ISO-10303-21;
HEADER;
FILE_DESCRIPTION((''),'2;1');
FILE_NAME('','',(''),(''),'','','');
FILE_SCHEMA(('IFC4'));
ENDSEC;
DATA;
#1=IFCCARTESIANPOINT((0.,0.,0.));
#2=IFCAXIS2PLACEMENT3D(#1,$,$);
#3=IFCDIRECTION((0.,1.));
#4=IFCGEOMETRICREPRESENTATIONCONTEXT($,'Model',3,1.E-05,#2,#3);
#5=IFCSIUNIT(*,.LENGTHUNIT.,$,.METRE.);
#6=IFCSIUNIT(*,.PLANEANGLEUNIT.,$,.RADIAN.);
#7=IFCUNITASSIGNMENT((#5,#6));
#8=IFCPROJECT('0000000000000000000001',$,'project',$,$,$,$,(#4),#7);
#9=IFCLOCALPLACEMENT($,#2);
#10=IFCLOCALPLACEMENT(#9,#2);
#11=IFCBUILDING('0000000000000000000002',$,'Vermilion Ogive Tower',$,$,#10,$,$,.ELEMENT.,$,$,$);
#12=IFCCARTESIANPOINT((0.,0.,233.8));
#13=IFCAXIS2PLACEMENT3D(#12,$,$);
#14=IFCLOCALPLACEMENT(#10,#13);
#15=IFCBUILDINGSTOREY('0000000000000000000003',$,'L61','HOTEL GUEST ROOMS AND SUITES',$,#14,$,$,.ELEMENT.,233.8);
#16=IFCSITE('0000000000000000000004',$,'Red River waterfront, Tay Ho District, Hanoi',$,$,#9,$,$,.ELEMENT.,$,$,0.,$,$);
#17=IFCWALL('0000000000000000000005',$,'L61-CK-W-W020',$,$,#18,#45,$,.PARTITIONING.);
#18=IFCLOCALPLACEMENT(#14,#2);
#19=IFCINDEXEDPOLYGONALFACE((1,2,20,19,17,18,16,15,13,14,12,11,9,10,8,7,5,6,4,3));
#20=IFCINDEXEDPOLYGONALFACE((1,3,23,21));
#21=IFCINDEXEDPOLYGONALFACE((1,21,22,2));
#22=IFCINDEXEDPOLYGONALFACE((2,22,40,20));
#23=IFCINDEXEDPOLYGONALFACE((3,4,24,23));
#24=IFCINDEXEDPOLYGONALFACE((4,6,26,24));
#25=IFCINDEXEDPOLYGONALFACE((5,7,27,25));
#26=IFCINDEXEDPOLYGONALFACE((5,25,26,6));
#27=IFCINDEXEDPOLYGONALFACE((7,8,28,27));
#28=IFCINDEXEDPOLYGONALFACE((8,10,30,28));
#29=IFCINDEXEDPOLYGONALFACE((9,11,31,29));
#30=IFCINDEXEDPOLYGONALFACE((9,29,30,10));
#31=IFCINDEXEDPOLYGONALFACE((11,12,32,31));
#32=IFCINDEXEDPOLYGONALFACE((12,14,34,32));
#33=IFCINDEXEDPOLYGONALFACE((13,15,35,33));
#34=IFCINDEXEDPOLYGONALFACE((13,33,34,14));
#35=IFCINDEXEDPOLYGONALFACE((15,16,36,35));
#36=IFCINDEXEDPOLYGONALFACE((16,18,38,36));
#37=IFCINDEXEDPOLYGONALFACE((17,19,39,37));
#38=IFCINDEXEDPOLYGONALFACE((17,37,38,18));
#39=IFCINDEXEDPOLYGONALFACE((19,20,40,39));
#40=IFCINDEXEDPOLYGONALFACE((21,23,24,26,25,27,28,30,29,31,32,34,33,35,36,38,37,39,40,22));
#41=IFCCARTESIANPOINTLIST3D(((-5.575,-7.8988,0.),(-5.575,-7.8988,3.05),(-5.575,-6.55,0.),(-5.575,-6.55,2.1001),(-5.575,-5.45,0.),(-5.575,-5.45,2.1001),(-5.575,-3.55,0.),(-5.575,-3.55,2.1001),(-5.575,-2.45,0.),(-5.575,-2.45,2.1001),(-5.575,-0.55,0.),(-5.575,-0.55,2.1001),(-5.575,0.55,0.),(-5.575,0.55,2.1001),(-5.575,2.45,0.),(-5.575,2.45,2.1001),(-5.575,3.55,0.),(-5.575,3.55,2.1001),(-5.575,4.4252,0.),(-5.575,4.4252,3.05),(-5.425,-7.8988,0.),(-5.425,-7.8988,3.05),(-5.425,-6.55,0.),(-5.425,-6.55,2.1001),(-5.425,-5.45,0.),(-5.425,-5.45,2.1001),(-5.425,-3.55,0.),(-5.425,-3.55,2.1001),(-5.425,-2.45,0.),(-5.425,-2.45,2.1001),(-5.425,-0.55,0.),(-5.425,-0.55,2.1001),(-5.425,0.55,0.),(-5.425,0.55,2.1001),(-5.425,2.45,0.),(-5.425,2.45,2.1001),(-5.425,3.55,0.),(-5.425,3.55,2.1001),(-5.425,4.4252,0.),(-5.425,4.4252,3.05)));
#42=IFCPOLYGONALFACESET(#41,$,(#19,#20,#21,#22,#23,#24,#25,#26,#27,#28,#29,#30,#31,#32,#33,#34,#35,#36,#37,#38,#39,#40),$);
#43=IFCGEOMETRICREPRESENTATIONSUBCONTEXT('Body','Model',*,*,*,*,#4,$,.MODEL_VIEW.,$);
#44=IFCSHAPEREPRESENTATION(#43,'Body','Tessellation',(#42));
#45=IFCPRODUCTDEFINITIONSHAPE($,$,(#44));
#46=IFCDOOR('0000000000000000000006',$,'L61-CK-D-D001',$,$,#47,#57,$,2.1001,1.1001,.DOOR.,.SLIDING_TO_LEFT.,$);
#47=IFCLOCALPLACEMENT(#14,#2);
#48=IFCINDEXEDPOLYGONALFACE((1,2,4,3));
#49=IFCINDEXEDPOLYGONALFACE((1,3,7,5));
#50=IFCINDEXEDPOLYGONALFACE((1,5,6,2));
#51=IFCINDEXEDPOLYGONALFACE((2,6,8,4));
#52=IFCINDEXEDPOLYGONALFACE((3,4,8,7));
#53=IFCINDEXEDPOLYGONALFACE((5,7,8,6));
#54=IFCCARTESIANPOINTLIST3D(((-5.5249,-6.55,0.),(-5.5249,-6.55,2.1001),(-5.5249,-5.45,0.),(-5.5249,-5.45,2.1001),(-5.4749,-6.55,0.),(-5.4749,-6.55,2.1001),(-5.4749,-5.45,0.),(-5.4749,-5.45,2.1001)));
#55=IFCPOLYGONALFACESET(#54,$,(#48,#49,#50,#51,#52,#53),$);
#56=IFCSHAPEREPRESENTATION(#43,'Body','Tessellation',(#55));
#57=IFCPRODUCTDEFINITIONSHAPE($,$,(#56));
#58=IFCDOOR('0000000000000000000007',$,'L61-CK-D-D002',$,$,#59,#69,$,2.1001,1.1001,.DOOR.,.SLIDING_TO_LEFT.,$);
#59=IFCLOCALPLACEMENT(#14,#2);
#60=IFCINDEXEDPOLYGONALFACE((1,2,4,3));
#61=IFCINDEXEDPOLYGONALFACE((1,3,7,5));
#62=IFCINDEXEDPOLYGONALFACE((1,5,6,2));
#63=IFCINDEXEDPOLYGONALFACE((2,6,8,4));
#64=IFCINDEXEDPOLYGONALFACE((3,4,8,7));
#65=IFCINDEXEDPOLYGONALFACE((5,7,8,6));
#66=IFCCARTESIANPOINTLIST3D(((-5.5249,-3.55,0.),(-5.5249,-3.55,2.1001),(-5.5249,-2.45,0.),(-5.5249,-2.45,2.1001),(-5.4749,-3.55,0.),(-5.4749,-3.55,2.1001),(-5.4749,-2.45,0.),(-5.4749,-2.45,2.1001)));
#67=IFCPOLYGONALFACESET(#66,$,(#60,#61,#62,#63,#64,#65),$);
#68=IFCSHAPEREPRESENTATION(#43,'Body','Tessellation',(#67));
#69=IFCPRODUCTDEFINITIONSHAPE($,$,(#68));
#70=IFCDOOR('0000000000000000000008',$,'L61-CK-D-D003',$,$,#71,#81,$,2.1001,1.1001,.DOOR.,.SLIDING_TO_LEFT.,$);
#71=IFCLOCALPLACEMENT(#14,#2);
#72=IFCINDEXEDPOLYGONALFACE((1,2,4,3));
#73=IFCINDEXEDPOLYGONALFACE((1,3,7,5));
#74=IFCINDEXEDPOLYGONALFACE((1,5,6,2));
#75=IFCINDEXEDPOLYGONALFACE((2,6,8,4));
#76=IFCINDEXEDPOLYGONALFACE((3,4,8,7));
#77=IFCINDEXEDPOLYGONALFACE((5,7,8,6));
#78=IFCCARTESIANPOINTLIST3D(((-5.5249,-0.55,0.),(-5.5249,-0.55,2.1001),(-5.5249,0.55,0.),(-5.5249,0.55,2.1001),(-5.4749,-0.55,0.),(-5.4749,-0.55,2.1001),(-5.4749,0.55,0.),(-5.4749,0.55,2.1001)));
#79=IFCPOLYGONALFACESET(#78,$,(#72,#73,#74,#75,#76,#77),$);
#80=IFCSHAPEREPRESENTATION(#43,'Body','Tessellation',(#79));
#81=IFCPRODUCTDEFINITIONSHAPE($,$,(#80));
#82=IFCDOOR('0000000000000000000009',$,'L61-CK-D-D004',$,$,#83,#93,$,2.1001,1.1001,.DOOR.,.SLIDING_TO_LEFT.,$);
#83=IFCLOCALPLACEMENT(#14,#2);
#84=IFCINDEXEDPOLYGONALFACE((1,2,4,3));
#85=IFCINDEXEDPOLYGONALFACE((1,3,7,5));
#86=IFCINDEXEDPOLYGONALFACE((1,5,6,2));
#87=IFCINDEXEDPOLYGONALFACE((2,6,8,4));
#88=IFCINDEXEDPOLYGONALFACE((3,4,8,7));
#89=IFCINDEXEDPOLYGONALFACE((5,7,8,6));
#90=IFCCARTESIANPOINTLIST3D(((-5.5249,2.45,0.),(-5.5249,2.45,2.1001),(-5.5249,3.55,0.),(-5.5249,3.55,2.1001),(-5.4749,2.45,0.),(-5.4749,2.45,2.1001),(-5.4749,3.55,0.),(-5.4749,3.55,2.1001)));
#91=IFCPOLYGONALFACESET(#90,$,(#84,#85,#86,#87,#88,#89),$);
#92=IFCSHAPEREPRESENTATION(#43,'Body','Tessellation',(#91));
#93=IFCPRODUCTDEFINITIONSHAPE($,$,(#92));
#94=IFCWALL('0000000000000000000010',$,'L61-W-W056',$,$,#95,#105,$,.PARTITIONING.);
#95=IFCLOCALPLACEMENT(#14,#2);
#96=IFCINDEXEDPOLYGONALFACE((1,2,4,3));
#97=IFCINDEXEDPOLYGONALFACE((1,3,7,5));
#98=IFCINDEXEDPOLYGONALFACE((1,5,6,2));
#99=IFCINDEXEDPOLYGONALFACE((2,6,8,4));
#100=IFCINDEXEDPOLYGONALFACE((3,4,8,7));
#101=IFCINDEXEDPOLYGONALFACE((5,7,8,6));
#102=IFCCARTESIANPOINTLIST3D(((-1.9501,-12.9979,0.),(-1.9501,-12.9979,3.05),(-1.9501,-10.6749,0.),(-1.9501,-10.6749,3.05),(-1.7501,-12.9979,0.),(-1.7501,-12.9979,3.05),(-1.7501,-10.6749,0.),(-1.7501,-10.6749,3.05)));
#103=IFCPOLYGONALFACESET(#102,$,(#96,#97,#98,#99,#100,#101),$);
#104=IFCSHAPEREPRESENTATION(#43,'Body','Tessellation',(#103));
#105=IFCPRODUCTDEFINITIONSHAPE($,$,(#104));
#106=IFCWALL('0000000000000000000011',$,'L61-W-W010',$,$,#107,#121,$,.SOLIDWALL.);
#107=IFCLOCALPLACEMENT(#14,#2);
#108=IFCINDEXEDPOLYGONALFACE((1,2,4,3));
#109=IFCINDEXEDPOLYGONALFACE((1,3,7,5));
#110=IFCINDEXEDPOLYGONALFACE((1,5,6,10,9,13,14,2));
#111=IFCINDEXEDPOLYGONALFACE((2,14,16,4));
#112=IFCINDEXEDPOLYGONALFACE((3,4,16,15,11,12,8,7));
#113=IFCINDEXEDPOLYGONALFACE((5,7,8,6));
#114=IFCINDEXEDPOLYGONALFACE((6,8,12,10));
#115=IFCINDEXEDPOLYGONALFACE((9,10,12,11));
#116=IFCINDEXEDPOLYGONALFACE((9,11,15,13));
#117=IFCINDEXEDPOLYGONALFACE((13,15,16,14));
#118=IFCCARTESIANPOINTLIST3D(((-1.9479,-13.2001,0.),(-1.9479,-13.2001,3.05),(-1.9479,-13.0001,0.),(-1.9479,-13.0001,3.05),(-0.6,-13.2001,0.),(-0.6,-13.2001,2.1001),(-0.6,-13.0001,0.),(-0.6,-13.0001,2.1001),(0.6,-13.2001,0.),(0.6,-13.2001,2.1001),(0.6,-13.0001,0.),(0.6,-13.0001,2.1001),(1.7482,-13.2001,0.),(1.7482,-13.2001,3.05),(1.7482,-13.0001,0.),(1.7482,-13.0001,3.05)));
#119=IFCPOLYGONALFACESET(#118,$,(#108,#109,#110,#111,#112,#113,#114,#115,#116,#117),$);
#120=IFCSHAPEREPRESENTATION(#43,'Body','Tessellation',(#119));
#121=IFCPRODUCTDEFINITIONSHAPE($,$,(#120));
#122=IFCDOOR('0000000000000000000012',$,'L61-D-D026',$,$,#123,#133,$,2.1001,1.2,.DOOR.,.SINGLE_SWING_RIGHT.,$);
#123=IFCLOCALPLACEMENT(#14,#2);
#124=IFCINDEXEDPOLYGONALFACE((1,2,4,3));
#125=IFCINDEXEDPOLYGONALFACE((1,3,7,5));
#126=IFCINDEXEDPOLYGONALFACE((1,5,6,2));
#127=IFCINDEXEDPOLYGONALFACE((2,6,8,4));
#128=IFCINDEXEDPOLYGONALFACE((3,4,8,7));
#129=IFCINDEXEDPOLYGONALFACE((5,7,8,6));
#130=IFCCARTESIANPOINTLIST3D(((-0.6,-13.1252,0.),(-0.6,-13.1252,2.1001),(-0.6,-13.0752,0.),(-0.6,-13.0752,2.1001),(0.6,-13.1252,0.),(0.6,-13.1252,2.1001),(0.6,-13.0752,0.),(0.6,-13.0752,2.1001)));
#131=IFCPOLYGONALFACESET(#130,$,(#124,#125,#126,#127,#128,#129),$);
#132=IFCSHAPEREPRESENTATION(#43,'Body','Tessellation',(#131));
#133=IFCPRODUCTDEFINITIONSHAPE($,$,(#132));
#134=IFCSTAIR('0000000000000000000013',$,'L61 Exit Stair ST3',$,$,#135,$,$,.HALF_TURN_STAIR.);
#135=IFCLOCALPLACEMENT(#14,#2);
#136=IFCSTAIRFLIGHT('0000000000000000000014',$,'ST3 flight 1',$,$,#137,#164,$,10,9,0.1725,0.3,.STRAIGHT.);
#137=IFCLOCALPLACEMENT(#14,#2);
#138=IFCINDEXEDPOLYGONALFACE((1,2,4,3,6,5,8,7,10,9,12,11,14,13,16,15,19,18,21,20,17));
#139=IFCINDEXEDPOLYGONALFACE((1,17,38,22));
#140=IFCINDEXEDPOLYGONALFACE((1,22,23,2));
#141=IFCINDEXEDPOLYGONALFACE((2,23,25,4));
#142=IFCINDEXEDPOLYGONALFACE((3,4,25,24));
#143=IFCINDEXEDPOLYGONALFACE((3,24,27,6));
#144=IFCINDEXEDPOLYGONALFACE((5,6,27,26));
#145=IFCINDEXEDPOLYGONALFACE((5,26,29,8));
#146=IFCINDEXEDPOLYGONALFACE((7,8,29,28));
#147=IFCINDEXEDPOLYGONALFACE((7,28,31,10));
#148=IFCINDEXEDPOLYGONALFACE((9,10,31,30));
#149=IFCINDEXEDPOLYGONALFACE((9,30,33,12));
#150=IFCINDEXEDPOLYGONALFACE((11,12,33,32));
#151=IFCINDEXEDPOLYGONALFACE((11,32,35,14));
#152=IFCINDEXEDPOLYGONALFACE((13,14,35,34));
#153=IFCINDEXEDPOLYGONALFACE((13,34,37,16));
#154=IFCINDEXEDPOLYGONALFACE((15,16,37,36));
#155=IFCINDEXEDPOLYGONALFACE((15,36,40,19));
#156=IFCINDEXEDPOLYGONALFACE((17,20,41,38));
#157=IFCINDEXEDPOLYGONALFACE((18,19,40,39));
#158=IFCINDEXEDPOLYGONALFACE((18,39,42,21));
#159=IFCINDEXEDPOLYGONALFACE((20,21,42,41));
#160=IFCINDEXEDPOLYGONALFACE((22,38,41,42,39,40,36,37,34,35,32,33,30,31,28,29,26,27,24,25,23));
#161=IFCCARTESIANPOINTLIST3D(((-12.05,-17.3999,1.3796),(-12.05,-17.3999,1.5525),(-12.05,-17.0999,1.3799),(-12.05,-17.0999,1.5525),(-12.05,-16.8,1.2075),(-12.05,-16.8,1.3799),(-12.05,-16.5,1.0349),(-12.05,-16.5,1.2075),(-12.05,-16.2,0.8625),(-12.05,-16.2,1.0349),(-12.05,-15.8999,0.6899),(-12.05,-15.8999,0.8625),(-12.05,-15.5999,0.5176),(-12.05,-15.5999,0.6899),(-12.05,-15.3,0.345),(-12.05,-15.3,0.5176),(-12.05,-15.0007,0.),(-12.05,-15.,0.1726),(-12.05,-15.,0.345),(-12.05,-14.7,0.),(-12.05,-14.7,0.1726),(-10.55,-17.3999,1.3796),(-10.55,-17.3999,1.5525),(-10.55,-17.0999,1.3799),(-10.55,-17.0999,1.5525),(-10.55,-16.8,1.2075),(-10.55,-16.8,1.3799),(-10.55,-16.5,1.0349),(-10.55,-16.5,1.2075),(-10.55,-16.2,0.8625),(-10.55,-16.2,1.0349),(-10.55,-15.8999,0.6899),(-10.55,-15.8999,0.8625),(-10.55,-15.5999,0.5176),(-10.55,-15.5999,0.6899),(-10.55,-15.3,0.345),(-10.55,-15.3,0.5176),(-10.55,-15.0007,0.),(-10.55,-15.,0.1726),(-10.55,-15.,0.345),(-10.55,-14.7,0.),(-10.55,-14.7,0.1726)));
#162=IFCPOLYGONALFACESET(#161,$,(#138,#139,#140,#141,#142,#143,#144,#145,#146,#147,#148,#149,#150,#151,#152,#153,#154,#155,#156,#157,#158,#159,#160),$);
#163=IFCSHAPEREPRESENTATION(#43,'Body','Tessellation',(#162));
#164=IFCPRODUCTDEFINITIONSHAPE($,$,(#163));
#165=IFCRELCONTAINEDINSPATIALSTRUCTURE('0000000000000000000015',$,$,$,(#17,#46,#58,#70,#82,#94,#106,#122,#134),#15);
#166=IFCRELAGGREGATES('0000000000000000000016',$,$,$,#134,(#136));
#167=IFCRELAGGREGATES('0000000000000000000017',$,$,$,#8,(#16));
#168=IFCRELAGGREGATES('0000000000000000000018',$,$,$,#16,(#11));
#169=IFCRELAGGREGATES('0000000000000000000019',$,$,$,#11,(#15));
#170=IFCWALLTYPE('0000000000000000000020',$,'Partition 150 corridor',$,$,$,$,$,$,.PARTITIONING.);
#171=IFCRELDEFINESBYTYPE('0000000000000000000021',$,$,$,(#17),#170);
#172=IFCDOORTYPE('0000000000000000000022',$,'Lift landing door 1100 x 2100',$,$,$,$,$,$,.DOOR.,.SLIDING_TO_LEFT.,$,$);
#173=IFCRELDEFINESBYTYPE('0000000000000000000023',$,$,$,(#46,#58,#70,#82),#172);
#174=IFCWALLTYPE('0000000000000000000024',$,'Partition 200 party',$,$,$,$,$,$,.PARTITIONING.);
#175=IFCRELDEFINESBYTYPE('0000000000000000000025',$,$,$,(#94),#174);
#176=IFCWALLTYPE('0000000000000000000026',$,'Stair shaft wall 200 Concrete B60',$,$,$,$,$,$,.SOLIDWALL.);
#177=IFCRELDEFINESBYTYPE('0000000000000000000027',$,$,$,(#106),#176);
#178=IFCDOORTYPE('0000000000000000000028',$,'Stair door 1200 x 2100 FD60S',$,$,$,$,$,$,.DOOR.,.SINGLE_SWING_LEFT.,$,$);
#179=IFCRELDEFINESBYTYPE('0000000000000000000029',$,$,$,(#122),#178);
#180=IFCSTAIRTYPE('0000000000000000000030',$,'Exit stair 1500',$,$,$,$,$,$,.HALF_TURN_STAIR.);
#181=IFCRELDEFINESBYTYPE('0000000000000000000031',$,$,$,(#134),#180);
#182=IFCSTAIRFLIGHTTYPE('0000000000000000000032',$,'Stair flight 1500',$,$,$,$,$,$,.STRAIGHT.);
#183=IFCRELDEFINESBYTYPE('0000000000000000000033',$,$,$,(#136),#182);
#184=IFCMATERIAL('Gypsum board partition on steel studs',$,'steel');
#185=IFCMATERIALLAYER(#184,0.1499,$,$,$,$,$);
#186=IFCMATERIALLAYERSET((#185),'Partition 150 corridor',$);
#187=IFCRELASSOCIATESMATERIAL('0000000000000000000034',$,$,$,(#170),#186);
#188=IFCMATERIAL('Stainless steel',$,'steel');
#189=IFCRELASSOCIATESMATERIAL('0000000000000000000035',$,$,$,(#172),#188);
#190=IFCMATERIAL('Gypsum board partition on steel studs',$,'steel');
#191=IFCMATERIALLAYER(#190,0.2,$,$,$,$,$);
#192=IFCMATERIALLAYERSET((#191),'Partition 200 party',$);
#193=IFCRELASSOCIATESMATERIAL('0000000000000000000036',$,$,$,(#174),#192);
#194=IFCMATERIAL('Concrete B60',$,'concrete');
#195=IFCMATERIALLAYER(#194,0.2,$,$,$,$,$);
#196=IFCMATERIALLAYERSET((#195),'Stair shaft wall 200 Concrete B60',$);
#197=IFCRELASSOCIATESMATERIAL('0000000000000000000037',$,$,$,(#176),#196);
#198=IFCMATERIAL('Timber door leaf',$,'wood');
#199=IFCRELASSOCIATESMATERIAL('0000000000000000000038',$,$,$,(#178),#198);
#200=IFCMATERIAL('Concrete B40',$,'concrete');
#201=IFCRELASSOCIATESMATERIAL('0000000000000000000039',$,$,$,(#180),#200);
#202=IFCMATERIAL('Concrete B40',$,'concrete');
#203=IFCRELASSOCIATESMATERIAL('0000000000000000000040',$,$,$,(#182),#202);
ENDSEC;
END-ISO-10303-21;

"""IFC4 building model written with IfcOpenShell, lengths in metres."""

from ifc_helpers import new_model, si_unit, direction, frame, frame_2d, origin, place, context, subcontext, project, spatial, polyline, rectangle, outline, extrude, material, layer, layer_set, type_object, element, fill, aggregate, save


model = new_model("IFC4")

# Units and contexts
model_context = context("Model", 3, precision=1e-05, world=origin(), true_north=direction((0.0, 1.0)))
body_context = subcontext(model_context, "Body", "Model", "MODEL_VIEW")
ifc_project = project(units=[si_unit("LENGTHUNIT", "METRE"), si_unit("PLANEANGLEUNIT", "RADIAN")], contexts=[model_context])

# Site, building, storey
site_placement = place(None, origin())
site = spatial("IfcSite", under=ifc_project, at=site_placement, Name="Red River waterfront, Tay Ho District, Hanoi", CompositionType="ELEMENT", RefElevation=0.0)
building_placement = place(site_placement, origin())
building = spatial("IfcBuilding", under=site, at=building_placement, Name="Vermilion Ogive Tower", CompositionType="ELEMENT")
storey_placement = place(building_placement, frame((0.0, 0.0, 233.8)))
storey = spatial("IfcBuildingStorey", under=building, at=storey_placement, Name="L61", Description="HOTEL GUEST ROOMS AND SUITES", CompositionType="ELEMENT", Elevation=233.8)

# Wall, openings, doors
ifc_material_1 = material(Name="Gypsum board partition on steel studs", Category="steel")
ifc_layer_1 = layer(ifc_material_1, 0.1499)
ifc_layer_set_1 = layer_set([ifc_layer_1], Name="Partition 150 corridor")
wall_type_1 = type_object("IfcWallType", Name="Partition 150 corridor", PredefinedType="PARTITIONING", material=ifc_layer_set_1)
wall_1_placement = place(storey_placement, frame((-5.5, -7.8989, 0.0), z_axis=(0.0, 0.0, 1.0), x_axis=(0.0, 1.0, 0.0)))
wall_1 = element("IfcWall", 1, at=wall_1_placement, inside=storey, type_object=wall_type_1, Name="L61-CK-W-W020", PredefinedType="PARTITIONING", context=body_context, shape_type="SweptSolid", body=[
    extrude(rectangle(XDim=12.324, YDim=0.1499, at=frame_2d((6.1621, 0.0))), origin(), (0.0, 0.0, 1.0), 3.05),
])
opening_1_placement = place(wall_1_placement, frame((1.3489, 0.0, 0.0)))
opening_1 = element("IfcOpeningElement", 2, at=opening_1_placement, cuts=wall_1, PredefinedType="OPENING", context=body_context, shape_type="SweptSolid", body=[
    extrude(rectangle(XDim=1.1001, YDim=2.1001, at=frame_2d((0.55, 1.05))), frame((0.0, 0.085, 0.0), z_axis=(0.0, -1.0, 0.0), x_axis=(1.0, 0.0, 0.0)), (0.0, 0.0, 1.0), 0.1699),
])
opening_2_placement = place(wall_1_placement, frame((4.3489, 0.0, 0.0)))
opening_2 = element("IfcOpeningElement", 3, at=opening_2_placement, cuts=wall_1, PredefinedType="OPENING", context=body_context, shape_type="SweptSolid", body=[
    extrude(rectangle(XDim=1.1001, YDim=2.1001, at=frame_2d((0.55, 1.05))), frame((0.0, 0.085, 0.0), z_axis=(0.0, -1.0, 0.0), x_axis=(1.0, 0.0, 0.0)), (0.0, 0.0, 1.0), 0.1699),
])
opening_3_placement = place(wall_1_placement, frame((7.3489, 0.0, 0.0)))
opening_3 = element("IfcOpeningElement", 4, at=opening_3_placement, cuts=wall_1, PredefinedType="OPENING", context=body_context, shape_type="SweptSolid", body=[
    extrude(rectangle(XDim=1.1001, YDim=2.1001, at=frame_2d((0.55, 1.05))), frame((0.0, 0.085, 0.0), z_axis=(0.0, -1.0, 0.0), x_axis=(1.0, 0.0, 0.0)), (0.0, 0.0, 1.0), 0.1699),
])
opening_4_placement = place(wall_1_placement, frame((10.3489, 0.0, 0.0)))
opening_4 = element("IfcOpeningElement", 5, at=opening_4_placement, cuts=wall_1, PredefinedType="OPENING", context=body_context, shape_type="SweptSolid", body=[
    extrude(rectangle(XDim=1.1001, YDim=2.1001, at=frame_2d((0.55, 1.05))), frame((0.0, 0.085, 0.0), z_axis=(0.0, -1.0, 0.0), x_axis=(1.0, 0.0, 0.0)), (0.0, 0.0, 1.0), 0.1699),
])
ifc_material_2 = material(Name="Stainless steel", Category="steel")
door_type_1 = type_object("IfcDoorType", Name="Lift landing door 1100 x 2100", OperationType="SLIDING_TO_LEFT", PredefinedType="DOOR", material=ifc_material_2)
door_1_placement = place(opening_1_placement, origin())
door_1 = element("IfcDoor", 6, at=door_1_placement, inside=storey, type_object=door_type_1, Name="L61-CK-D-D001", OperationType="SLIDING_TO_LEFT", OverallHeight=2.1001, OverallWidth=1.1001, PredefinedType="DOOR", context=body_context, shape_type="SweptSolid", body=[
    extrude(rectangle(XDim=1.1001, YDim=2.1001, at=frame_2d((0.55, 1.05))), frame((0.0, 0.0249, 0.0), z_axis=(0.0, -1.0, 0.0), x_axis=(1.0, 0.0, 0.0)), (0.0, 0.0, 1.0), 0.05),
])
fill(opening_1, door_1)
door_2_placement = place(opening_2_placement, origin())
door_2 = element("IfcDoor", 7, at=door_2_placement, inside=storey, type_object=door_type_1, Name="L61-CK-D-D002", OperationType="SLIDING_TO_LEFT", OverallHeight=2.1001, OverallWidth=1.1001, PredefinedType="DOOR", context=body_context, shape_type="SweptSolid", body=[
    extrude(rectangle(XDim=1.1001, YDim=2.1001, at=frame_2d((0.55, 1.05))), frame((0.0, 0.0249, 0.0), z_axis=(0.0, -1.0, 0.0), x_axis=(1.0, 0.0, 0.0)), (0.0, 0.0, 1.0), 0.05),
])
fill(opening_2, door_2)
door_3_placement = place(opening_3_placement, origin())
door_3 = element("IfcDoor", 8, at=door_3_placement, inside=storey, type_object=door_type_1, Name="L61-CK-D-D003", OperationType="SLIDING_TO_LEFT", OverallHeight=2.1001, OverallWidth=1.1001, PredefinedType="DOOR", context=body_context, shape_type="SweptSolid", body=[
    extrude(rectangle(XDim=1.1001, YDim=2.1001, at=frame_2d((0.55, 1.05))), frame((0.0, 0.0249, 0.0), z_axis=(0.0, -1.0, 0.0), x_axis=(1.0, 0.0, 0.0)), (0.0, 0.0, 1.0), 0.05),
])
fill(opening_3, door_3)
door_4_placement = place(opening_4_placement, origin())
door_4 = element("IfcDoor", 9, at=door_4_placement, inside=storey, type_object=door_type_1, Name="L61-CK-D-D004", OperationType="SLIDING_TO_LEFT", OverallHeight=2.1001, OverallWidth=1.1001, PredefinedType="DOOR", context=body_context, shape_type="SweptSolid", body=[
    extrude(rectangle(XDim=1.1001, YDim=2.1001, at=frame_2d((0.55, 1.05))), frame((0.0, 0.0249, 0.0), z_axis=(0.0, -1.0, 0.0), x_axis=(1.0, 0.0, 0.0)), (0.0, 0.0, 1.0), 0.05),
])
fill(opening_4, door_4)

# Wall
ifc_material_3 = material(Name="Gypsum board partition on steel studs", Category="steel")
ifc_layer_2 = layer(ifc_material_3, 0.2)
ifc_layer_set_2 = layer_set([ifc_layer_2], Name="Partition 200 party")
wall_type_2 = type_object("IfcWallType", Name="Partition 200 party", PredefinedType="PARTITIONING", material=ifc_layer_set_2)
wall_2_placement = place(storey_placement, frame((-1.8501, -12.998, 0.0), z_axis=(0.0, 0.0, 1.0), x_axis=(0.0, 1.0, 0.0)))
element("IfcWall", 10, at=wall_2_placement, inside=storey, type_object=wall_type_2, Name="L61-W-W056", PredefinedType="PARTITIONING", context=body_context, shape_type="SweptSolid", body=[
    extrude(rectangle(XDim=2.323, YDim=0.2, at=frame_2d((1.1616, 0.0))), origin(), (0.0, 0.0, 1.0), 3.05),
])

# Wall, opening, door
ifc_material_4 = material(Name="Concrete B60", Category="concrete")
ifc_layer_3 = layer(ifc_material_4, 0.2)
ifc_layer_set_3 = layer_set([ifc_layer_3], Name="Stair shaft wall 200 Concrete B60")
wall_type_3 = type_object("IfcWallType", Name="Stair shaft wall 200 Concrete B60", PredefinedType="SOLIDWALL", material=ifc_layer_set_3)
wall_3_placement = place(storey_placement, frame((-1.948, -13.1001, 0.0), z_axis=(0.0, 0.0, 1.0), x_axis=(1.0, 0.0, 0.0)))
wall_3 = element("IfcWall", 11, at=wall_3_placement, inside=storey, type_object=wall_type_3, Name="L61-W-W010", PredefinedType="SOLIDWALL", context=body_context, shape_type="SweptSolid", body=[
    extrude(rectangle(XDim=3.696, YDim=0.2, at=frame_2d((1.8481, 0.0))), origin(), (0.0, 0.0, 1.0), 3.05),
])
opening_5_placement = place(wall_3_placement, frame((1.3479, 0.0, 0.0)))
opening_5 = element("IfcOpeningElement", 12, at=opening_5_placement, cuts=wall_3, PredefinedType="OPENING", context=body_context, shape_type="SweptSolid", body=[
    extrude(rectangle(XDim=1.2, YDim=2.1001, at=frame_2d((0.6001, 1.05))), frame((0.0, 0.1099, 0.0), z_axis=(0.0, -1.0, 0.0), x_axis=(1.0, 0.0, 0.0)), (0.0, 0.0, 1.0), 0.22),
])
ifc_material_5 = material(Name="Timber door leaf", Category="wood")
door_type_2 = type_object("IfcDoorType", Name="Stair door 1200 x 2100 FD60S", OperationType="SINGLE_SWING_LEFT", PredefinedType="DOOR", material=ifc_material_5)
door_5_placement = place(opening_5_placement, origin())
door_5 = element("IfcDoor", 13, at=door_5_placement, inside=storey, type_object=door_type_2, Name="L61-D-D026", OperationType="SINGLE_SWING_RIGHT", OverallHeight=2.1001, OverallWidth=1.2, PredefinedType="DOOR", context=body_context, shape_type="SweptSolid", body=[
    extrude(rectangle(XDim=1.2, YDim=2.1001, at=frame_2d((0.6001, 1.05))), frame((0.0, 0.0249, 0.0), z_axis=(0.0, -1.0, 0.0), x_axis=(1.0, 0.0, 0.0)), (0.0, 0.0, 1.0), 0.05),
])
fill(opening_5, door_5)

# Stair, stair flight
ifc_material_6 = material(Name="Concrete B40", Category="concrete")
stair_type = type_object("IfcStairType", Name="Exit stair 1500", PredefinedType="HALF_TURN_STAIR", material=ifc_material_6)
stair_1_placement = place(storey_placement, origin())
stair_1 = element("IfcStair", 14, at=stair_1_placement, inside=storey, type_object=stair_type, Name="L61 Exit Stair ST3", PredefinedType="HALF_TURN_STAIR")
ifc_material_7 = material(Name="Concrete B40", Category="concrete")
stair_flight_type = type_object("IfcStairFlightType", Name="Stair flight 1500", PredefinedType="STRAIGHT", material=ifc_material_7)
stair_flight_1_placement = place(storey_placement, frame((-11.3, -14.7, 0.0), z_axis=(0.0, 0.0, 1.0), x_axis=(0.0, -1.0, 0.0)))
stair_flight_1 = element("IfcStairFlight", 15, at=stair_flight_1_placement, type_object=stair_flight_type, Name="ST3 flight 1", NumberOfRisers=10, NumberOfTreads=9, PredefinedType="STRAIGHT", RiserHeight=0.1725, TreadLength=0.3, context=body_context, shape_type="SweptSolid", body=[
    extrude(outline(polyline([(0.0, 0.0), (0.0, 0.1726), (0.3, 0.1726), (0.3, 0.345), (0.6001, 0.345), (0.6001, 0.5176), (0.8999, 0.5176), (0.8999, 0.6899), (1.2, 0.6899), (1.2, 0.8625), (1.5, 0.8625), (1.5, 1.0349), (1.8, 1.0349), (1.8, 1.2075), (2.1001, 1.2075), (2.1001, 1.3799), (2.3999, 1.3799), (2.3999, 1.5525), (2.7, 1.5525), (2.7, 1.7251), (2.7, 1.3796), (0.3008, 0.0), (0.0, 0.0)])), frame((0.0, 0.75, 0.0), z_axis=(0.0, -1.0, 0.0), x_axis=(1.0, 0.0, 0.0)), (0.0, 0.0, 1.0), 1.5),
])
aggregate(stair_1, [stair_flight_1])

save(model, "model.ifc")
